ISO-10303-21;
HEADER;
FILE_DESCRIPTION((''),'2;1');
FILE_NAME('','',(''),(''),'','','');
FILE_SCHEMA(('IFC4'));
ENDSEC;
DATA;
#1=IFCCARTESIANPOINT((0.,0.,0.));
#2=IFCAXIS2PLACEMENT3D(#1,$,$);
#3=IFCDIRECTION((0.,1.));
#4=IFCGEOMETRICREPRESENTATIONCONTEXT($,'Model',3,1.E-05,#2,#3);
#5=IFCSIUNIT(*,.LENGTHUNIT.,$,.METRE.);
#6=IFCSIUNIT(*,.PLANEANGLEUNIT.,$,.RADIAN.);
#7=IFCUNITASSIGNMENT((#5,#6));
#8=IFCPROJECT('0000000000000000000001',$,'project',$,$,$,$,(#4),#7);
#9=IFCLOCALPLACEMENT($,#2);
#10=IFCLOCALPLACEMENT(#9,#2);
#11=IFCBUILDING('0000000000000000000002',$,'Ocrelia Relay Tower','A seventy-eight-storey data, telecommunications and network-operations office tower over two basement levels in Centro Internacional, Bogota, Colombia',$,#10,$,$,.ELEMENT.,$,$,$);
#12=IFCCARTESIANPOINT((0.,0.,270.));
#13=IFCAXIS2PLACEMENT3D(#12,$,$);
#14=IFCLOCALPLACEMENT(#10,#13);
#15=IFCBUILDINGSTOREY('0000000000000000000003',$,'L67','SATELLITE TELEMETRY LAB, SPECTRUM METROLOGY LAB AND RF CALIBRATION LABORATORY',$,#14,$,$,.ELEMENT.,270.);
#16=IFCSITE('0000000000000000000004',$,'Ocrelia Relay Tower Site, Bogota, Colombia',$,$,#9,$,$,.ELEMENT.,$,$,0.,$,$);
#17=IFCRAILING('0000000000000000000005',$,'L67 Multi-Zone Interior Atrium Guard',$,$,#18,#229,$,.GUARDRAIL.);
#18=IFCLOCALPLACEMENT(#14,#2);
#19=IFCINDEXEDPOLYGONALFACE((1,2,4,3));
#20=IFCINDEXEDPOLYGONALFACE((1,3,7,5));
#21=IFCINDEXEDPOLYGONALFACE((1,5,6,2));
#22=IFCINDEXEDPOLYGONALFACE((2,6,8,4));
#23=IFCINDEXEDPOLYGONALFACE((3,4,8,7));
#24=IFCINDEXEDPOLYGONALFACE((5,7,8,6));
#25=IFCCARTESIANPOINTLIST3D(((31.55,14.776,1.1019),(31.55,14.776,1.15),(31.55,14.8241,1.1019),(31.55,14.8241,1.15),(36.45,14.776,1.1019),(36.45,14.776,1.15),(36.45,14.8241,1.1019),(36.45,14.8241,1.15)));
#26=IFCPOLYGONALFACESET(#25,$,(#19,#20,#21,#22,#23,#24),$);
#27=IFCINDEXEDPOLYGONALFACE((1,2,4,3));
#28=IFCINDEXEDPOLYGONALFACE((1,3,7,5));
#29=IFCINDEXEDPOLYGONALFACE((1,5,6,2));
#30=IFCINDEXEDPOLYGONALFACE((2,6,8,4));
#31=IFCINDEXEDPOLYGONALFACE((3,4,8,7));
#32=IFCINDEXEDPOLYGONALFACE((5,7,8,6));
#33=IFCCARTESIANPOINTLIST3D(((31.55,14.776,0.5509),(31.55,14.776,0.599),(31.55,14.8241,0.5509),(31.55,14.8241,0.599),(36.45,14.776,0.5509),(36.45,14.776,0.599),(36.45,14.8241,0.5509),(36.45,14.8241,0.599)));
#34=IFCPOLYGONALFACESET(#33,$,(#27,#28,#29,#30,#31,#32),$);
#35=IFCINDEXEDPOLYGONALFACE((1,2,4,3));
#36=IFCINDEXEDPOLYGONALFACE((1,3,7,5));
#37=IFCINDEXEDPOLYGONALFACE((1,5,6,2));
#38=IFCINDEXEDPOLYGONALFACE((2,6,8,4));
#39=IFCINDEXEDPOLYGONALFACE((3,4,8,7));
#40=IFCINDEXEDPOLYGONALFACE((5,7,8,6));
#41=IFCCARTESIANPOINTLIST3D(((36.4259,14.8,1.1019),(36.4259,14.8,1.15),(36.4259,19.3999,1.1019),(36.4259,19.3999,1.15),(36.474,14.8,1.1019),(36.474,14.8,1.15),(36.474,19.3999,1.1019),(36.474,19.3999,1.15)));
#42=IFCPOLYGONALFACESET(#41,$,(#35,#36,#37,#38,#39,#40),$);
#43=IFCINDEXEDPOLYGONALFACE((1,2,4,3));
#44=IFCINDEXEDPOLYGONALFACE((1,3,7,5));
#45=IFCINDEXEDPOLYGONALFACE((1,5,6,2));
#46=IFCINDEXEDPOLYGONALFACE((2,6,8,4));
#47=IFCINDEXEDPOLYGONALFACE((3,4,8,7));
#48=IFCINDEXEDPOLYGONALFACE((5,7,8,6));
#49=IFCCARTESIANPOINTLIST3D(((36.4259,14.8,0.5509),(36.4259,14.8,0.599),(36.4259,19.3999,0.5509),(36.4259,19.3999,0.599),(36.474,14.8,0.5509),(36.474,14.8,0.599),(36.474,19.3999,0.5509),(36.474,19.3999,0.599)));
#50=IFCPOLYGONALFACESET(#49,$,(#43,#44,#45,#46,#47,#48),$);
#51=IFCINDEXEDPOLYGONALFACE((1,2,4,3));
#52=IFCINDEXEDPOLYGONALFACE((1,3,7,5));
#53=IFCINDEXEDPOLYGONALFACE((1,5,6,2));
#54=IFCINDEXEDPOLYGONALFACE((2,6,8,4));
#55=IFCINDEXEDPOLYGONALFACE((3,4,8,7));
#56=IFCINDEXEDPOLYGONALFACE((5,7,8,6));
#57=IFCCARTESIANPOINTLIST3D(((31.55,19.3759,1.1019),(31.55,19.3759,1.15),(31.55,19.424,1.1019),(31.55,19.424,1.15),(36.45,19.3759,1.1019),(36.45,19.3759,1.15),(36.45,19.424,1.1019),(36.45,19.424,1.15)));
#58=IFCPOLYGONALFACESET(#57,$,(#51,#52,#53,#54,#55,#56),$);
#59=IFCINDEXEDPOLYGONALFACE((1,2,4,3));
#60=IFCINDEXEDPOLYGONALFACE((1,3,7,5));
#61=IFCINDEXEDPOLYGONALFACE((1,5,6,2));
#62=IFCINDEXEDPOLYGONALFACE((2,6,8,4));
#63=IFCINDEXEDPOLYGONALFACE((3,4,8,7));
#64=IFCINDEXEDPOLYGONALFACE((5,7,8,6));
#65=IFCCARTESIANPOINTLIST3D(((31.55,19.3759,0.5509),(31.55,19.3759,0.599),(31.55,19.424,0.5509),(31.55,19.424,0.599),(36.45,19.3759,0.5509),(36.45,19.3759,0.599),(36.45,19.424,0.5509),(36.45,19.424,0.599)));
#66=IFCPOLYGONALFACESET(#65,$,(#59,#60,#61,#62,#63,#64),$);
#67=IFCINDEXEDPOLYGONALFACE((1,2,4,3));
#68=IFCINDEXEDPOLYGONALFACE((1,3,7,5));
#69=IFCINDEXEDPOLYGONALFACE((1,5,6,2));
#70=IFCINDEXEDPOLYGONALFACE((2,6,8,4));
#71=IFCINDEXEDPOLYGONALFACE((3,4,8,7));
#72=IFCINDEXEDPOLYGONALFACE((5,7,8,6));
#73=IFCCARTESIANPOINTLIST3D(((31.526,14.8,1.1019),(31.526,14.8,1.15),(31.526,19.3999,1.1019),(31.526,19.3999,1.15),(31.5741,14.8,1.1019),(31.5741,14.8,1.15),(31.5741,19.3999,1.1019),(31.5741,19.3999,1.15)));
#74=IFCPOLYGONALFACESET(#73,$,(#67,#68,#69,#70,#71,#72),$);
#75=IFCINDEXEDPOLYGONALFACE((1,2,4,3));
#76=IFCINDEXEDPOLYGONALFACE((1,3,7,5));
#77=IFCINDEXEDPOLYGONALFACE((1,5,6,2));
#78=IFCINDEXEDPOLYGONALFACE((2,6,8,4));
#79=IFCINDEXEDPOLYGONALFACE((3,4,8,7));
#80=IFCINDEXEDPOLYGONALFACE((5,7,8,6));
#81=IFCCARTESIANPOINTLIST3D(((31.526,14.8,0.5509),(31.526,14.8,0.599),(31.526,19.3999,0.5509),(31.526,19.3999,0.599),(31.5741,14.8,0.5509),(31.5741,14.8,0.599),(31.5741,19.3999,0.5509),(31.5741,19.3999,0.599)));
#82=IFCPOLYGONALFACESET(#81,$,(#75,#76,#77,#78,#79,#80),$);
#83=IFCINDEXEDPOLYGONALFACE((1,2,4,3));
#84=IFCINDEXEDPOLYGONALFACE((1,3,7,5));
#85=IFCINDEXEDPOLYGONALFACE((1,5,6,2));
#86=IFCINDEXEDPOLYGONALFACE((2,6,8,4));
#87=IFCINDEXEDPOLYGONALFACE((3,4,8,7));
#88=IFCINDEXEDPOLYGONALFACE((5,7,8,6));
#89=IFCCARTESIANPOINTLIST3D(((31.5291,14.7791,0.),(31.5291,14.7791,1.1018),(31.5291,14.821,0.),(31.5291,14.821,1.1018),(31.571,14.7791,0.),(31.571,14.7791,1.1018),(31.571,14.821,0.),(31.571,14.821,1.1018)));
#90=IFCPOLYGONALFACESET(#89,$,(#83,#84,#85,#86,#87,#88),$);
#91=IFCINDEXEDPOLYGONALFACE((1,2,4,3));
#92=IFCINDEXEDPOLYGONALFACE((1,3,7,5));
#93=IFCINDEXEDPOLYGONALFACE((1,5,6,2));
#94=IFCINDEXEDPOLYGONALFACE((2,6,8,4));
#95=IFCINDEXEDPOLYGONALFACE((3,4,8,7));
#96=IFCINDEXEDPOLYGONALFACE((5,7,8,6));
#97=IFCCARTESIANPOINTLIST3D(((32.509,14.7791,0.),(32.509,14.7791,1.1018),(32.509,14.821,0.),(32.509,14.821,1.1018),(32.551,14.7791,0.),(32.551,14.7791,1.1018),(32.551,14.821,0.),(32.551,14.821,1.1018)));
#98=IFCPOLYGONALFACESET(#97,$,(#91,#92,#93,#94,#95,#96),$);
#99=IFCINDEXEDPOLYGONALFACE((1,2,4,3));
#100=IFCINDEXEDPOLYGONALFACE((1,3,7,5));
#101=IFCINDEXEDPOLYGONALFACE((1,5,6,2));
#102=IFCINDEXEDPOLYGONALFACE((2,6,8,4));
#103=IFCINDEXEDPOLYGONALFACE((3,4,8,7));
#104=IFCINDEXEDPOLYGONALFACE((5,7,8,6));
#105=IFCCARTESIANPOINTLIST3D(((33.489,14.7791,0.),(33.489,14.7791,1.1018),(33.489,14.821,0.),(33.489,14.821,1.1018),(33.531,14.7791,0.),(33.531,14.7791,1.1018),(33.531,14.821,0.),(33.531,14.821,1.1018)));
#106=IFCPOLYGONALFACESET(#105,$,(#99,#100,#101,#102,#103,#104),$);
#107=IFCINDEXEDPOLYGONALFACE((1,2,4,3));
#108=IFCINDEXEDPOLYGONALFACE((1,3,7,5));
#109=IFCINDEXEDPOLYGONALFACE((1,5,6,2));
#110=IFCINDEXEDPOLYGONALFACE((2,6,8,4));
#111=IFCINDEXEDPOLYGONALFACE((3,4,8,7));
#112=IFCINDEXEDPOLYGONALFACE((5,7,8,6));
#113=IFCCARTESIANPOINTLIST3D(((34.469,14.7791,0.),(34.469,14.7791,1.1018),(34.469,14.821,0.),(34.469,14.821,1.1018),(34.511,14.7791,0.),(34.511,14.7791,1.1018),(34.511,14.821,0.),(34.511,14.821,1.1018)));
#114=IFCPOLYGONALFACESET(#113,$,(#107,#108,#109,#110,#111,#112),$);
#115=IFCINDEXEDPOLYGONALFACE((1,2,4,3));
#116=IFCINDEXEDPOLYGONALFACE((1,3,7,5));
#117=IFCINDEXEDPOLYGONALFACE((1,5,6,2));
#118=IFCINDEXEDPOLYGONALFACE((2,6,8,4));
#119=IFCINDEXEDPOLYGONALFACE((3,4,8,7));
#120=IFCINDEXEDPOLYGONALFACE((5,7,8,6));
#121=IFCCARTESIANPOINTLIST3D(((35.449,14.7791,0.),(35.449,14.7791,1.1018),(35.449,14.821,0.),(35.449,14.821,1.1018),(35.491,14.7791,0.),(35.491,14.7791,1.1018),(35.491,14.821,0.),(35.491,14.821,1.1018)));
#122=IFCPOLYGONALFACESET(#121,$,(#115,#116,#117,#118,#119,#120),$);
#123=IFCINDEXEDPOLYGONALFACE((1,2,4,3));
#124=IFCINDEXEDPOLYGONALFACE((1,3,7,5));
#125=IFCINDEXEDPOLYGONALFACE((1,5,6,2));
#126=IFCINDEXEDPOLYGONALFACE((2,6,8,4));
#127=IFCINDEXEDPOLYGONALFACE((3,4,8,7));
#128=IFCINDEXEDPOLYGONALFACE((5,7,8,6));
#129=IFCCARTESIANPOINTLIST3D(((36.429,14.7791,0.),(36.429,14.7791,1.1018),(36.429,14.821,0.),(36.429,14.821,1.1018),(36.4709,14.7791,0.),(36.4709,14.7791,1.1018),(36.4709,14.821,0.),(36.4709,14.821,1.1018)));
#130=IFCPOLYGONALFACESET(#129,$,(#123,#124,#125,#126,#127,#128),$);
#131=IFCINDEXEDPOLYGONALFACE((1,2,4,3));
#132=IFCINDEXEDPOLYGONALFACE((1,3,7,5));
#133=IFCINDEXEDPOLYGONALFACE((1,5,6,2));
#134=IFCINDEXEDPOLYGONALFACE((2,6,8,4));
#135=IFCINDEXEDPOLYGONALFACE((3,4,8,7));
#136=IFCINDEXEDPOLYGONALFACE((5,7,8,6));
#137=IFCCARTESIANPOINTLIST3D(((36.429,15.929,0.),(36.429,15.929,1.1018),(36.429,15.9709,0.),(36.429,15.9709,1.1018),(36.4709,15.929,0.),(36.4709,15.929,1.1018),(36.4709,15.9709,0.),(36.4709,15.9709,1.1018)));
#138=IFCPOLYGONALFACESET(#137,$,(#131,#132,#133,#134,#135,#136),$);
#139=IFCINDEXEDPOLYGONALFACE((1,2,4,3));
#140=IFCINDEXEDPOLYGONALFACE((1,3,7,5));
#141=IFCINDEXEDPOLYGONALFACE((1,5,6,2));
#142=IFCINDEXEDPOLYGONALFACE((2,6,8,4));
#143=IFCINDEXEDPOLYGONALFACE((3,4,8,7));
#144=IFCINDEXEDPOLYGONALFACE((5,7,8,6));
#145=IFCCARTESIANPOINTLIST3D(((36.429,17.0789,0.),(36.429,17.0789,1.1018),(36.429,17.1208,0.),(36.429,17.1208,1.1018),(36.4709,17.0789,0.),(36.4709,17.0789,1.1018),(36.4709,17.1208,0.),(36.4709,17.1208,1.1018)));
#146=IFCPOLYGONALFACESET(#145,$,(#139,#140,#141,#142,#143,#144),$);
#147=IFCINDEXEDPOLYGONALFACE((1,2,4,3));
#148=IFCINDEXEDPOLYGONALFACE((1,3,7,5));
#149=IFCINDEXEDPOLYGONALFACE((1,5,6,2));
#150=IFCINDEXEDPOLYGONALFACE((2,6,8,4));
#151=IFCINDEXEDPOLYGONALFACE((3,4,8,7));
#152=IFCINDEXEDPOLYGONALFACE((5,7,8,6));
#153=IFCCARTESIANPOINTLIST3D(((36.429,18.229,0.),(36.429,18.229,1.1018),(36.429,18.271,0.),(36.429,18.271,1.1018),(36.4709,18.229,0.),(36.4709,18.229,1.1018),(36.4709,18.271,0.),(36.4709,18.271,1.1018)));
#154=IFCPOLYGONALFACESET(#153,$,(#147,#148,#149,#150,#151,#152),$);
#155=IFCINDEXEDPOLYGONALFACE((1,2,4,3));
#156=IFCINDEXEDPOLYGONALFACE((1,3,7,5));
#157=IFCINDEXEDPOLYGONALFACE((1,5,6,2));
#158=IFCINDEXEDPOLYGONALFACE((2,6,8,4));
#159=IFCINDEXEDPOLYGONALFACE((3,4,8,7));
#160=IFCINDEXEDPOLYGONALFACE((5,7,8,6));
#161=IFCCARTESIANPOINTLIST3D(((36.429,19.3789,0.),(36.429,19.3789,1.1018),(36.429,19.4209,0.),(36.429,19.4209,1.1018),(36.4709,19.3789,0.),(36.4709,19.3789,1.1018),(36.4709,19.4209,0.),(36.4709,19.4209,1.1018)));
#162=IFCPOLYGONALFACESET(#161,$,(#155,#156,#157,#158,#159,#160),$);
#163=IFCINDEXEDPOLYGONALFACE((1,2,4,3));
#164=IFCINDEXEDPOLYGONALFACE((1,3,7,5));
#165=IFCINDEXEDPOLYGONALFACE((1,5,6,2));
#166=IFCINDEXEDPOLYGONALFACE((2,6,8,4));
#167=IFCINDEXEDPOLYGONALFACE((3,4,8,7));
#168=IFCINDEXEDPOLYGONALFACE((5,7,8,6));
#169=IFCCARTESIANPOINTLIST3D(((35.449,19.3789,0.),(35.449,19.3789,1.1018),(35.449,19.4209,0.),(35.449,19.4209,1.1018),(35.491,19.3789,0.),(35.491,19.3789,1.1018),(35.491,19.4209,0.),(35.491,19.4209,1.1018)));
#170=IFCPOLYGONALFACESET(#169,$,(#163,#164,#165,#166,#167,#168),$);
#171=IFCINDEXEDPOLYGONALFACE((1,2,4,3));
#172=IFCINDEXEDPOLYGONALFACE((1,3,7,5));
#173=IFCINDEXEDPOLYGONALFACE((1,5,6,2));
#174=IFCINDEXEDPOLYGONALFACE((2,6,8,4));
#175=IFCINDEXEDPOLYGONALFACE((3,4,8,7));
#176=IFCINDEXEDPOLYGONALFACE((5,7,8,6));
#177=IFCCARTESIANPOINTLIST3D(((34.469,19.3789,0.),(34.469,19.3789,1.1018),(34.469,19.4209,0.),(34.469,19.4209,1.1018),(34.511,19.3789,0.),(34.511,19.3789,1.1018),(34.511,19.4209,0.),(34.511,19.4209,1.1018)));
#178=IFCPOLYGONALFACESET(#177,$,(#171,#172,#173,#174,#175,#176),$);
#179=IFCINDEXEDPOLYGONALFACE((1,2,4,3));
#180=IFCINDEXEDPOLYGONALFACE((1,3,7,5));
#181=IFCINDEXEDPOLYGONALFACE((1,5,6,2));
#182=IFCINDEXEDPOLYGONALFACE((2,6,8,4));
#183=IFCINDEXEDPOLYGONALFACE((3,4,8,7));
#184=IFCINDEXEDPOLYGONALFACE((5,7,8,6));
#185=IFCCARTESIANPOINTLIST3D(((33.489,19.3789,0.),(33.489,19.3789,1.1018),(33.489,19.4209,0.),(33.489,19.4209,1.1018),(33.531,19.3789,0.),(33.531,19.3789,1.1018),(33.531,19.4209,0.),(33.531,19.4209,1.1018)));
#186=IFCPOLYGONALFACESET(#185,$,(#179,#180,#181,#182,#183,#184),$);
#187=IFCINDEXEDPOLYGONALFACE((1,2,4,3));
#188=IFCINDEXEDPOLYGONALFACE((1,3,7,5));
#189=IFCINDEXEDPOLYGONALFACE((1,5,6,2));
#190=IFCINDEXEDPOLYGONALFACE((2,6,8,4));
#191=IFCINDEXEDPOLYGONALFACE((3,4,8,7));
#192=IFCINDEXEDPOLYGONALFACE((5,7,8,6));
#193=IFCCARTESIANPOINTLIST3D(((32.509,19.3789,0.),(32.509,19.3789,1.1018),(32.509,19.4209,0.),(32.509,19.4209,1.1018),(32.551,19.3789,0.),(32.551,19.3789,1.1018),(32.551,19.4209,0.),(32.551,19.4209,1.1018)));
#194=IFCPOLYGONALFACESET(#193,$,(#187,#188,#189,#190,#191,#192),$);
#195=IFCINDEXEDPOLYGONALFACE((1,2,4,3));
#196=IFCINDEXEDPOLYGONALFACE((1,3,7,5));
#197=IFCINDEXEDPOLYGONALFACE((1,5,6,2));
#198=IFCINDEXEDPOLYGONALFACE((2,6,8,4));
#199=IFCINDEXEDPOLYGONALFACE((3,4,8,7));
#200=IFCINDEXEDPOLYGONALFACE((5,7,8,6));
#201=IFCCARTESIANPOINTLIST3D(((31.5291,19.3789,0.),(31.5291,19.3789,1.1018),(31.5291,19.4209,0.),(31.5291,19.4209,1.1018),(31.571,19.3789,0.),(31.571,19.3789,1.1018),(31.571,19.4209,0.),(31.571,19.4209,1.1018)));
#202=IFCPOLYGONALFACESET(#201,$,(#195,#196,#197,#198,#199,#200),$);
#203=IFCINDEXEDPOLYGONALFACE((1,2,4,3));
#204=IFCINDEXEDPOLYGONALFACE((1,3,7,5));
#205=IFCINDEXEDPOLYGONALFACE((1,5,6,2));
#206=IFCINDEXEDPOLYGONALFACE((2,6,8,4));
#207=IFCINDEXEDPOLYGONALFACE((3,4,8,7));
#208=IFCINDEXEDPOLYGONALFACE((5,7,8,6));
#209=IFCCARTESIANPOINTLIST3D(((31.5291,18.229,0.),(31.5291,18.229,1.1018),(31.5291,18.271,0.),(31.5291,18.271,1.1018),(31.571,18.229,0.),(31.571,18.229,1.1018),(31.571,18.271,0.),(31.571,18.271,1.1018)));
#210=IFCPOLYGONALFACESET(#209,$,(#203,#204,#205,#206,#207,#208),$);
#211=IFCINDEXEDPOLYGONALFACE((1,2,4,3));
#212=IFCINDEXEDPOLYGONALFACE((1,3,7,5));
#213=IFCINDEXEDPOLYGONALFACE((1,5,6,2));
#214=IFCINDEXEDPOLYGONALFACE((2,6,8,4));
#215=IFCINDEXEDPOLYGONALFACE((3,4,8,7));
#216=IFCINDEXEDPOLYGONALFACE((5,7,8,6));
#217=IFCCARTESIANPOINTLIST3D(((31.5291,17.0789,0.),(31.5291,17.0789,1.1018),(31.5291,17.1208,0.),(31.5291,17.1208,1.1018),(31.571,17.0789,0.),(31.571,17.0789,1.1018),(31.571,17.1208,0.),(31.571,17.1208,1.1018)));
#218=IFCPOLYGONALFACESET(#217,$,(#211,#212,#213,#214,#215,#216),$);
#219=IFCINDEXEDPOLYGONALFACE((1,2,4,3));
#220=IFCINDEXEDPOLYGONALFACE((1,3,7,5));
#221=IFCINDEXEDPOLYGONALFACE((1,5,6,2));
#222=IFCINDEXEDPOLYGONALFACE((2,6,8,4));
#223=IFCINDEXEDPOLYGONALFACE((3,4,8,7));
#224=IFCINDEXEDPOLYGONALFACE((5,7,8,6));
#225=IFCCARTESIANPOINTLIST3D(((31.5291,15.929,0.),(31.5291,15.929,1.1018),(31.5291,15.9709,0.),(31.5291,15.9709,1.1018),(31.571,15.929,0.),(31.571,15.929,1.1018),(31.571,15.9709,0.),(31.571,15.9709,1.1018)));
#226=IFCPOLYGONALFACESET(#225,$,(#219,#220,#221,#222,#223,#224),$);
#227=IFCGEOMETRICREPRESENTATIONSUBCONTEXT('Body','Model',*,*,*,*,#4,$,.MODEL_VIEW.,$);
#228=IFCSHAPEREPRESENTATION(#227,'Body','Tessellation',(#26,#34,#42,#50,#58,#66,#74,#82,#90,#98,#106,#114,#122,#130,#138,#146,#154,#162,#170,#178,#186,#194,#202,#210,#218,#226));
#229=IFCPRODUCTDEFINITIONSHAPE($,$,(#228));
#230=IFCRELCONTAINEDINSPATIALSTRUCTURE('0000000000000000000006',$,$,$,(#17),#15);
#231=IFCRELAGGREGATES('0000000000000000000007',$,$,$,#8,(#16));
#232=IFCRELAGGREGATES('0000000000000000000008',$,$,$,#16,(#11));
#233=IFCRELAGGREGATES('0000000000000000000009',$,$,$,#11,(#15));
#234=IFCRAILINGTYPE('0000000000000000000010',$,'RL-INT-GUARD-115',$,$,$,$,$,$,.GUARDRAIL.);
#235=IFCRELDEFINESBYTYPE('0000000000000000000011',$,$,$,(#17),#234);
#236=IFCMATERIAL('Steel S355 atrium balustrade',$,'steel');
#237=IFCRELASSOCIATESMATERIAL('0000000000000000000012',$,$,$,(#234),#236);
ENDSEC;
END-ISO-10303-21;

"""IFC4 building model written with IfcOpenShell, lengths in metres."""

from ifc_helpers import new_model, si_unit, direction, frame, origin, origin_2d, place, context, subcontext, project, spatial, rectangle, extrude, material, type_object, element, save


model = new_model("IFC4")

# Units and contexts
model_context = context("Model", 3, precision=1e-05, world=origin(), true_north=direction((0.0, 1.0)))
body_context = subcontext(model_context, "Body", "Model", "MODEL_VIEW")
ifc_project = project(units=[si_unit("LENGTHUNIT", "METRE"), si_unit("PLANEANGLEUNIT", "RADIAN")], contexts=[model_context])

# Site, building, storey
site_placement = place(None, origin())
site = spatial("IfcSite", under=ifc_project, at=site_placement, Name="Ocrelia Relay Tower Site, Bogota, Colombia", CompositionType="ELEMENT", RefElevation=0.0)
building_placement = place(site_placement, origin())
building = spatial("IfcBuilding", under=site, at=building_placement, Name="Ocrelia Relay Tower", Description="A seventy-eight-storey data, telecommunications and network-operations office tower over two basement levels in Centro Internacional, Bogota, Colombia", CompositionType="ELEMENT")
storey_placement = place(building_placement, frame((0.0, 0.0, 270.0)))
storey = spatial("IfcBuildingStorey", under=building, at=storey_placement, Name="L67", Description="SATELLITE TELEMETRY LAB, SPECTRUM METROLOGY LAB AND RF CALIBRATION LABORATORY", CompositionType="ELEMENT", Elevation=270.0)

# Railing
ifc_material_1 = material(Name="Steel S355 atrium balustrade", Category="steel")
railing_type = type_object("IfcRailingType", Name="RL-INT-GUARD-115", PredefinedType="GUARDRAIL", material=ifc_material_1)
railing_placement = place(storey_placement, frame((31.55, 14.8, 0.0)))
element("IfcRailing", 1, at=railing_placement, inside=storey, type_object=railing_type, Name="L67 Multi-Zone Interior Atrium Guard", PredefinedType="GUARDRAIL", context=body_context, shape_type="SweptSolid", body=[
    extrude(rectangle(XDim=0.0481, YDim=0.0481, at=origin_2d()), frame((0.0, 0.0, 1.126), z_axis=(1.0, 0.0, 0.0), x_axis=(0.0, 1.0, 0.0)), (0.0, 0.0, 1.0), 4.8999),
    extrude(rectangle(XDim=0.0481, YDim=0.0481, at=origin_2d()), frame((0.0, 0.0, 0.575), z_axis=(1.0, 0.0, 0.0), x_axis=(0.0, 1.0, 0.0)), (0.0, 0.0, 1.0), 4.8999),
    extrude(rectangle(XDim=0.0481, YDim=0.0481, at=origin_2d()), frame((4.8999, 0.0, 1.126), z_axis=(0.0, 1.0, 0.0), x_axis=(-1.0, 0.0, 0.0)), (0.0, 0.0, 1.0), 4.5999),
    extrude(rectangle(XDim=0.0481, YDim=0.0481, at=origin_2d()), frame((4.8999, 0.0, 0.575), z_axis=(0.0, 1.0, 0.0), x_axis=(-1.0, 0.0, 0.0)), (0.0, 0.0, 1.0), 4.5999),
    extrude(rectangle(XDim=0.0481, YDim=0.0481, at=origin_2d()), frame((4.8999, 4.5999, 1.126), z_axis=(-1.0, 0.0, 0.0), x_axis=(0.0, -1.0, 0.0)), (0.0, 0.0, 1.0), 4.8999),
    extrude(rectangle(XDim=0.0481, YDim=0.0481, at=origin_2d()), frame((4.8999, 4.5999, 0.575), z_axis=(-1.0, 0.0, 0.0), x_axis=(0.0, -1.0, 0.0)), (0.0, 0.0, 1.0), 4.8999),
    extrude(rectangle(XDim=0.0481, YDim=0.0481, at=origin_2d()), frame((0.0, 4.5999, 1.126), z_axis=(0.0, -1.0, 0.0), x_axis=(1.0, 0.0, 0.0)), (0.0, 0.0, 1.0), 4.5999),
    extrude(rectangle(XDim=0.0481, YDim=0.0481, at=origin_2d()), frame((0.0, 4.5999, 0.575), z_axis=(0.0, -1.0, 0.0), x_axis=(1.0, 0.0, 0.0)), (0.0, 0.0, 1.0), 4.5999),
    extrude(rectangle(XDim=0.042, YDim=0.042, at=origin_2d()), origin(), (0.0, 0.0, 1.0), 1.1018),
    extrude(rectangle(XDim=0.042, YDim=0.042, at=origin_2d()), frame((0.98, 0.0, 0.0)), (0.0, 0.0, 1.0), 1.1018),
    extrude(rectangle(XDim=0.042, YDim=0.042, at=origin_2d()), frame((1.96, 0.0, 0.0)), (0.0, 0.0, 1.0), 1.1018),
    extrude(rectangle(XDim=0.042, YDim=0.042, at=origin_2d()), frame((2.9399, 0.0, 0.0)), (0.0, 0.0, 1.0), 1.1018),
    extrude(rectangle(XDim=0.042, YDim=0.042, at=origin_2d()), frame((3.9199, 0.0, 0.0)), (0.0, 0.0, 1.0), 1.1018),
    extrude(rectangle(XDim=0.042, YDim=0.042, at=origin_2d()), frame((4.8999, 0.0, 0.0)), (0.0, 0.0, 1.0), 1.1018),
    extrude(rectangle(XDim=0.042, YDim=0.042, at=origin_2d()), frame((4.8999, 1.1499, 0.0)), (0.0, 0.0, 1.0), 1.1018),
    extrude(rectangle(XDim=0.042, YDim=0.042, at=origin_2d()), frame((4.8999, 2.2998, 0.0)), (0.0, 0.0, 1.0), 1.1018),
    extrude(rectangle(XDim=0.042, YDim=0.042, at=origin_2d()), frame((4.8999, 3.45, 0.0)), (0.0, 0.0, 1.0), 1.1018),
    extrude(rectangle(XDim=0.042, YDim=0.042, at=origin_2d()), frame((4.8999, 4.5999, 0.0)), (0.0, 0.0, 1.0), 1.1018),
    extrude(rectangle(XDim=0.042, YDim=0.042, at=origin_2d()), frame((3.9199, 4.5999, 0.0)), (0.0, 0.0, 1.0), 1.1018),
    extrude(rectangle(XDim=0.042, YDim=0.042, at=origin_2d()), frame((2.9399, 4.5999, 0.0)), (0.0, 0.0, 1.0), 1.1018),
    extrude(rectangle(XDim=0.042, YDim=0.042, at=origin_2d()), frame((1.96, 4.5999, 0.0)), (0.0, 0.0, 1.0), 1.1018),
    extrude(rectangle(XDim=0.042, YDim=0.042, at=origin_2d()), frame((0.98, 4.5999, 0.0)), (0.0, 0.0, 1.0), 1.1018),
    extrude(rectangle(XDim=0.042, YDim=0.042, at=origin_2d()), frame((0.0, 4.5999, 0.0)), (0.0, 0.0, 1.0), 1.1018),
    extrude(rectangle(XDim=0.042, YDim=0.042, at=origin_2d()), frame((0.0, 3.45, 0.0)), (0.0, 0.0, 1.0), 1.1018),
    extrude(rectangle(XDim=0.042, YDim=0.042, at=origin_2d()), frame((0.0, 2.2998, 0.0)), (0.0, 0.0, 1.0), 1.1018),
    extrude(rectangle(XDim=0.042, YDim=0.042, at=origin_2d()), frame((0.0, 1.1499, 0.0)), (0.0, 0.0, 1.0), 1.1018),
])

save(model, "model.ifc")
